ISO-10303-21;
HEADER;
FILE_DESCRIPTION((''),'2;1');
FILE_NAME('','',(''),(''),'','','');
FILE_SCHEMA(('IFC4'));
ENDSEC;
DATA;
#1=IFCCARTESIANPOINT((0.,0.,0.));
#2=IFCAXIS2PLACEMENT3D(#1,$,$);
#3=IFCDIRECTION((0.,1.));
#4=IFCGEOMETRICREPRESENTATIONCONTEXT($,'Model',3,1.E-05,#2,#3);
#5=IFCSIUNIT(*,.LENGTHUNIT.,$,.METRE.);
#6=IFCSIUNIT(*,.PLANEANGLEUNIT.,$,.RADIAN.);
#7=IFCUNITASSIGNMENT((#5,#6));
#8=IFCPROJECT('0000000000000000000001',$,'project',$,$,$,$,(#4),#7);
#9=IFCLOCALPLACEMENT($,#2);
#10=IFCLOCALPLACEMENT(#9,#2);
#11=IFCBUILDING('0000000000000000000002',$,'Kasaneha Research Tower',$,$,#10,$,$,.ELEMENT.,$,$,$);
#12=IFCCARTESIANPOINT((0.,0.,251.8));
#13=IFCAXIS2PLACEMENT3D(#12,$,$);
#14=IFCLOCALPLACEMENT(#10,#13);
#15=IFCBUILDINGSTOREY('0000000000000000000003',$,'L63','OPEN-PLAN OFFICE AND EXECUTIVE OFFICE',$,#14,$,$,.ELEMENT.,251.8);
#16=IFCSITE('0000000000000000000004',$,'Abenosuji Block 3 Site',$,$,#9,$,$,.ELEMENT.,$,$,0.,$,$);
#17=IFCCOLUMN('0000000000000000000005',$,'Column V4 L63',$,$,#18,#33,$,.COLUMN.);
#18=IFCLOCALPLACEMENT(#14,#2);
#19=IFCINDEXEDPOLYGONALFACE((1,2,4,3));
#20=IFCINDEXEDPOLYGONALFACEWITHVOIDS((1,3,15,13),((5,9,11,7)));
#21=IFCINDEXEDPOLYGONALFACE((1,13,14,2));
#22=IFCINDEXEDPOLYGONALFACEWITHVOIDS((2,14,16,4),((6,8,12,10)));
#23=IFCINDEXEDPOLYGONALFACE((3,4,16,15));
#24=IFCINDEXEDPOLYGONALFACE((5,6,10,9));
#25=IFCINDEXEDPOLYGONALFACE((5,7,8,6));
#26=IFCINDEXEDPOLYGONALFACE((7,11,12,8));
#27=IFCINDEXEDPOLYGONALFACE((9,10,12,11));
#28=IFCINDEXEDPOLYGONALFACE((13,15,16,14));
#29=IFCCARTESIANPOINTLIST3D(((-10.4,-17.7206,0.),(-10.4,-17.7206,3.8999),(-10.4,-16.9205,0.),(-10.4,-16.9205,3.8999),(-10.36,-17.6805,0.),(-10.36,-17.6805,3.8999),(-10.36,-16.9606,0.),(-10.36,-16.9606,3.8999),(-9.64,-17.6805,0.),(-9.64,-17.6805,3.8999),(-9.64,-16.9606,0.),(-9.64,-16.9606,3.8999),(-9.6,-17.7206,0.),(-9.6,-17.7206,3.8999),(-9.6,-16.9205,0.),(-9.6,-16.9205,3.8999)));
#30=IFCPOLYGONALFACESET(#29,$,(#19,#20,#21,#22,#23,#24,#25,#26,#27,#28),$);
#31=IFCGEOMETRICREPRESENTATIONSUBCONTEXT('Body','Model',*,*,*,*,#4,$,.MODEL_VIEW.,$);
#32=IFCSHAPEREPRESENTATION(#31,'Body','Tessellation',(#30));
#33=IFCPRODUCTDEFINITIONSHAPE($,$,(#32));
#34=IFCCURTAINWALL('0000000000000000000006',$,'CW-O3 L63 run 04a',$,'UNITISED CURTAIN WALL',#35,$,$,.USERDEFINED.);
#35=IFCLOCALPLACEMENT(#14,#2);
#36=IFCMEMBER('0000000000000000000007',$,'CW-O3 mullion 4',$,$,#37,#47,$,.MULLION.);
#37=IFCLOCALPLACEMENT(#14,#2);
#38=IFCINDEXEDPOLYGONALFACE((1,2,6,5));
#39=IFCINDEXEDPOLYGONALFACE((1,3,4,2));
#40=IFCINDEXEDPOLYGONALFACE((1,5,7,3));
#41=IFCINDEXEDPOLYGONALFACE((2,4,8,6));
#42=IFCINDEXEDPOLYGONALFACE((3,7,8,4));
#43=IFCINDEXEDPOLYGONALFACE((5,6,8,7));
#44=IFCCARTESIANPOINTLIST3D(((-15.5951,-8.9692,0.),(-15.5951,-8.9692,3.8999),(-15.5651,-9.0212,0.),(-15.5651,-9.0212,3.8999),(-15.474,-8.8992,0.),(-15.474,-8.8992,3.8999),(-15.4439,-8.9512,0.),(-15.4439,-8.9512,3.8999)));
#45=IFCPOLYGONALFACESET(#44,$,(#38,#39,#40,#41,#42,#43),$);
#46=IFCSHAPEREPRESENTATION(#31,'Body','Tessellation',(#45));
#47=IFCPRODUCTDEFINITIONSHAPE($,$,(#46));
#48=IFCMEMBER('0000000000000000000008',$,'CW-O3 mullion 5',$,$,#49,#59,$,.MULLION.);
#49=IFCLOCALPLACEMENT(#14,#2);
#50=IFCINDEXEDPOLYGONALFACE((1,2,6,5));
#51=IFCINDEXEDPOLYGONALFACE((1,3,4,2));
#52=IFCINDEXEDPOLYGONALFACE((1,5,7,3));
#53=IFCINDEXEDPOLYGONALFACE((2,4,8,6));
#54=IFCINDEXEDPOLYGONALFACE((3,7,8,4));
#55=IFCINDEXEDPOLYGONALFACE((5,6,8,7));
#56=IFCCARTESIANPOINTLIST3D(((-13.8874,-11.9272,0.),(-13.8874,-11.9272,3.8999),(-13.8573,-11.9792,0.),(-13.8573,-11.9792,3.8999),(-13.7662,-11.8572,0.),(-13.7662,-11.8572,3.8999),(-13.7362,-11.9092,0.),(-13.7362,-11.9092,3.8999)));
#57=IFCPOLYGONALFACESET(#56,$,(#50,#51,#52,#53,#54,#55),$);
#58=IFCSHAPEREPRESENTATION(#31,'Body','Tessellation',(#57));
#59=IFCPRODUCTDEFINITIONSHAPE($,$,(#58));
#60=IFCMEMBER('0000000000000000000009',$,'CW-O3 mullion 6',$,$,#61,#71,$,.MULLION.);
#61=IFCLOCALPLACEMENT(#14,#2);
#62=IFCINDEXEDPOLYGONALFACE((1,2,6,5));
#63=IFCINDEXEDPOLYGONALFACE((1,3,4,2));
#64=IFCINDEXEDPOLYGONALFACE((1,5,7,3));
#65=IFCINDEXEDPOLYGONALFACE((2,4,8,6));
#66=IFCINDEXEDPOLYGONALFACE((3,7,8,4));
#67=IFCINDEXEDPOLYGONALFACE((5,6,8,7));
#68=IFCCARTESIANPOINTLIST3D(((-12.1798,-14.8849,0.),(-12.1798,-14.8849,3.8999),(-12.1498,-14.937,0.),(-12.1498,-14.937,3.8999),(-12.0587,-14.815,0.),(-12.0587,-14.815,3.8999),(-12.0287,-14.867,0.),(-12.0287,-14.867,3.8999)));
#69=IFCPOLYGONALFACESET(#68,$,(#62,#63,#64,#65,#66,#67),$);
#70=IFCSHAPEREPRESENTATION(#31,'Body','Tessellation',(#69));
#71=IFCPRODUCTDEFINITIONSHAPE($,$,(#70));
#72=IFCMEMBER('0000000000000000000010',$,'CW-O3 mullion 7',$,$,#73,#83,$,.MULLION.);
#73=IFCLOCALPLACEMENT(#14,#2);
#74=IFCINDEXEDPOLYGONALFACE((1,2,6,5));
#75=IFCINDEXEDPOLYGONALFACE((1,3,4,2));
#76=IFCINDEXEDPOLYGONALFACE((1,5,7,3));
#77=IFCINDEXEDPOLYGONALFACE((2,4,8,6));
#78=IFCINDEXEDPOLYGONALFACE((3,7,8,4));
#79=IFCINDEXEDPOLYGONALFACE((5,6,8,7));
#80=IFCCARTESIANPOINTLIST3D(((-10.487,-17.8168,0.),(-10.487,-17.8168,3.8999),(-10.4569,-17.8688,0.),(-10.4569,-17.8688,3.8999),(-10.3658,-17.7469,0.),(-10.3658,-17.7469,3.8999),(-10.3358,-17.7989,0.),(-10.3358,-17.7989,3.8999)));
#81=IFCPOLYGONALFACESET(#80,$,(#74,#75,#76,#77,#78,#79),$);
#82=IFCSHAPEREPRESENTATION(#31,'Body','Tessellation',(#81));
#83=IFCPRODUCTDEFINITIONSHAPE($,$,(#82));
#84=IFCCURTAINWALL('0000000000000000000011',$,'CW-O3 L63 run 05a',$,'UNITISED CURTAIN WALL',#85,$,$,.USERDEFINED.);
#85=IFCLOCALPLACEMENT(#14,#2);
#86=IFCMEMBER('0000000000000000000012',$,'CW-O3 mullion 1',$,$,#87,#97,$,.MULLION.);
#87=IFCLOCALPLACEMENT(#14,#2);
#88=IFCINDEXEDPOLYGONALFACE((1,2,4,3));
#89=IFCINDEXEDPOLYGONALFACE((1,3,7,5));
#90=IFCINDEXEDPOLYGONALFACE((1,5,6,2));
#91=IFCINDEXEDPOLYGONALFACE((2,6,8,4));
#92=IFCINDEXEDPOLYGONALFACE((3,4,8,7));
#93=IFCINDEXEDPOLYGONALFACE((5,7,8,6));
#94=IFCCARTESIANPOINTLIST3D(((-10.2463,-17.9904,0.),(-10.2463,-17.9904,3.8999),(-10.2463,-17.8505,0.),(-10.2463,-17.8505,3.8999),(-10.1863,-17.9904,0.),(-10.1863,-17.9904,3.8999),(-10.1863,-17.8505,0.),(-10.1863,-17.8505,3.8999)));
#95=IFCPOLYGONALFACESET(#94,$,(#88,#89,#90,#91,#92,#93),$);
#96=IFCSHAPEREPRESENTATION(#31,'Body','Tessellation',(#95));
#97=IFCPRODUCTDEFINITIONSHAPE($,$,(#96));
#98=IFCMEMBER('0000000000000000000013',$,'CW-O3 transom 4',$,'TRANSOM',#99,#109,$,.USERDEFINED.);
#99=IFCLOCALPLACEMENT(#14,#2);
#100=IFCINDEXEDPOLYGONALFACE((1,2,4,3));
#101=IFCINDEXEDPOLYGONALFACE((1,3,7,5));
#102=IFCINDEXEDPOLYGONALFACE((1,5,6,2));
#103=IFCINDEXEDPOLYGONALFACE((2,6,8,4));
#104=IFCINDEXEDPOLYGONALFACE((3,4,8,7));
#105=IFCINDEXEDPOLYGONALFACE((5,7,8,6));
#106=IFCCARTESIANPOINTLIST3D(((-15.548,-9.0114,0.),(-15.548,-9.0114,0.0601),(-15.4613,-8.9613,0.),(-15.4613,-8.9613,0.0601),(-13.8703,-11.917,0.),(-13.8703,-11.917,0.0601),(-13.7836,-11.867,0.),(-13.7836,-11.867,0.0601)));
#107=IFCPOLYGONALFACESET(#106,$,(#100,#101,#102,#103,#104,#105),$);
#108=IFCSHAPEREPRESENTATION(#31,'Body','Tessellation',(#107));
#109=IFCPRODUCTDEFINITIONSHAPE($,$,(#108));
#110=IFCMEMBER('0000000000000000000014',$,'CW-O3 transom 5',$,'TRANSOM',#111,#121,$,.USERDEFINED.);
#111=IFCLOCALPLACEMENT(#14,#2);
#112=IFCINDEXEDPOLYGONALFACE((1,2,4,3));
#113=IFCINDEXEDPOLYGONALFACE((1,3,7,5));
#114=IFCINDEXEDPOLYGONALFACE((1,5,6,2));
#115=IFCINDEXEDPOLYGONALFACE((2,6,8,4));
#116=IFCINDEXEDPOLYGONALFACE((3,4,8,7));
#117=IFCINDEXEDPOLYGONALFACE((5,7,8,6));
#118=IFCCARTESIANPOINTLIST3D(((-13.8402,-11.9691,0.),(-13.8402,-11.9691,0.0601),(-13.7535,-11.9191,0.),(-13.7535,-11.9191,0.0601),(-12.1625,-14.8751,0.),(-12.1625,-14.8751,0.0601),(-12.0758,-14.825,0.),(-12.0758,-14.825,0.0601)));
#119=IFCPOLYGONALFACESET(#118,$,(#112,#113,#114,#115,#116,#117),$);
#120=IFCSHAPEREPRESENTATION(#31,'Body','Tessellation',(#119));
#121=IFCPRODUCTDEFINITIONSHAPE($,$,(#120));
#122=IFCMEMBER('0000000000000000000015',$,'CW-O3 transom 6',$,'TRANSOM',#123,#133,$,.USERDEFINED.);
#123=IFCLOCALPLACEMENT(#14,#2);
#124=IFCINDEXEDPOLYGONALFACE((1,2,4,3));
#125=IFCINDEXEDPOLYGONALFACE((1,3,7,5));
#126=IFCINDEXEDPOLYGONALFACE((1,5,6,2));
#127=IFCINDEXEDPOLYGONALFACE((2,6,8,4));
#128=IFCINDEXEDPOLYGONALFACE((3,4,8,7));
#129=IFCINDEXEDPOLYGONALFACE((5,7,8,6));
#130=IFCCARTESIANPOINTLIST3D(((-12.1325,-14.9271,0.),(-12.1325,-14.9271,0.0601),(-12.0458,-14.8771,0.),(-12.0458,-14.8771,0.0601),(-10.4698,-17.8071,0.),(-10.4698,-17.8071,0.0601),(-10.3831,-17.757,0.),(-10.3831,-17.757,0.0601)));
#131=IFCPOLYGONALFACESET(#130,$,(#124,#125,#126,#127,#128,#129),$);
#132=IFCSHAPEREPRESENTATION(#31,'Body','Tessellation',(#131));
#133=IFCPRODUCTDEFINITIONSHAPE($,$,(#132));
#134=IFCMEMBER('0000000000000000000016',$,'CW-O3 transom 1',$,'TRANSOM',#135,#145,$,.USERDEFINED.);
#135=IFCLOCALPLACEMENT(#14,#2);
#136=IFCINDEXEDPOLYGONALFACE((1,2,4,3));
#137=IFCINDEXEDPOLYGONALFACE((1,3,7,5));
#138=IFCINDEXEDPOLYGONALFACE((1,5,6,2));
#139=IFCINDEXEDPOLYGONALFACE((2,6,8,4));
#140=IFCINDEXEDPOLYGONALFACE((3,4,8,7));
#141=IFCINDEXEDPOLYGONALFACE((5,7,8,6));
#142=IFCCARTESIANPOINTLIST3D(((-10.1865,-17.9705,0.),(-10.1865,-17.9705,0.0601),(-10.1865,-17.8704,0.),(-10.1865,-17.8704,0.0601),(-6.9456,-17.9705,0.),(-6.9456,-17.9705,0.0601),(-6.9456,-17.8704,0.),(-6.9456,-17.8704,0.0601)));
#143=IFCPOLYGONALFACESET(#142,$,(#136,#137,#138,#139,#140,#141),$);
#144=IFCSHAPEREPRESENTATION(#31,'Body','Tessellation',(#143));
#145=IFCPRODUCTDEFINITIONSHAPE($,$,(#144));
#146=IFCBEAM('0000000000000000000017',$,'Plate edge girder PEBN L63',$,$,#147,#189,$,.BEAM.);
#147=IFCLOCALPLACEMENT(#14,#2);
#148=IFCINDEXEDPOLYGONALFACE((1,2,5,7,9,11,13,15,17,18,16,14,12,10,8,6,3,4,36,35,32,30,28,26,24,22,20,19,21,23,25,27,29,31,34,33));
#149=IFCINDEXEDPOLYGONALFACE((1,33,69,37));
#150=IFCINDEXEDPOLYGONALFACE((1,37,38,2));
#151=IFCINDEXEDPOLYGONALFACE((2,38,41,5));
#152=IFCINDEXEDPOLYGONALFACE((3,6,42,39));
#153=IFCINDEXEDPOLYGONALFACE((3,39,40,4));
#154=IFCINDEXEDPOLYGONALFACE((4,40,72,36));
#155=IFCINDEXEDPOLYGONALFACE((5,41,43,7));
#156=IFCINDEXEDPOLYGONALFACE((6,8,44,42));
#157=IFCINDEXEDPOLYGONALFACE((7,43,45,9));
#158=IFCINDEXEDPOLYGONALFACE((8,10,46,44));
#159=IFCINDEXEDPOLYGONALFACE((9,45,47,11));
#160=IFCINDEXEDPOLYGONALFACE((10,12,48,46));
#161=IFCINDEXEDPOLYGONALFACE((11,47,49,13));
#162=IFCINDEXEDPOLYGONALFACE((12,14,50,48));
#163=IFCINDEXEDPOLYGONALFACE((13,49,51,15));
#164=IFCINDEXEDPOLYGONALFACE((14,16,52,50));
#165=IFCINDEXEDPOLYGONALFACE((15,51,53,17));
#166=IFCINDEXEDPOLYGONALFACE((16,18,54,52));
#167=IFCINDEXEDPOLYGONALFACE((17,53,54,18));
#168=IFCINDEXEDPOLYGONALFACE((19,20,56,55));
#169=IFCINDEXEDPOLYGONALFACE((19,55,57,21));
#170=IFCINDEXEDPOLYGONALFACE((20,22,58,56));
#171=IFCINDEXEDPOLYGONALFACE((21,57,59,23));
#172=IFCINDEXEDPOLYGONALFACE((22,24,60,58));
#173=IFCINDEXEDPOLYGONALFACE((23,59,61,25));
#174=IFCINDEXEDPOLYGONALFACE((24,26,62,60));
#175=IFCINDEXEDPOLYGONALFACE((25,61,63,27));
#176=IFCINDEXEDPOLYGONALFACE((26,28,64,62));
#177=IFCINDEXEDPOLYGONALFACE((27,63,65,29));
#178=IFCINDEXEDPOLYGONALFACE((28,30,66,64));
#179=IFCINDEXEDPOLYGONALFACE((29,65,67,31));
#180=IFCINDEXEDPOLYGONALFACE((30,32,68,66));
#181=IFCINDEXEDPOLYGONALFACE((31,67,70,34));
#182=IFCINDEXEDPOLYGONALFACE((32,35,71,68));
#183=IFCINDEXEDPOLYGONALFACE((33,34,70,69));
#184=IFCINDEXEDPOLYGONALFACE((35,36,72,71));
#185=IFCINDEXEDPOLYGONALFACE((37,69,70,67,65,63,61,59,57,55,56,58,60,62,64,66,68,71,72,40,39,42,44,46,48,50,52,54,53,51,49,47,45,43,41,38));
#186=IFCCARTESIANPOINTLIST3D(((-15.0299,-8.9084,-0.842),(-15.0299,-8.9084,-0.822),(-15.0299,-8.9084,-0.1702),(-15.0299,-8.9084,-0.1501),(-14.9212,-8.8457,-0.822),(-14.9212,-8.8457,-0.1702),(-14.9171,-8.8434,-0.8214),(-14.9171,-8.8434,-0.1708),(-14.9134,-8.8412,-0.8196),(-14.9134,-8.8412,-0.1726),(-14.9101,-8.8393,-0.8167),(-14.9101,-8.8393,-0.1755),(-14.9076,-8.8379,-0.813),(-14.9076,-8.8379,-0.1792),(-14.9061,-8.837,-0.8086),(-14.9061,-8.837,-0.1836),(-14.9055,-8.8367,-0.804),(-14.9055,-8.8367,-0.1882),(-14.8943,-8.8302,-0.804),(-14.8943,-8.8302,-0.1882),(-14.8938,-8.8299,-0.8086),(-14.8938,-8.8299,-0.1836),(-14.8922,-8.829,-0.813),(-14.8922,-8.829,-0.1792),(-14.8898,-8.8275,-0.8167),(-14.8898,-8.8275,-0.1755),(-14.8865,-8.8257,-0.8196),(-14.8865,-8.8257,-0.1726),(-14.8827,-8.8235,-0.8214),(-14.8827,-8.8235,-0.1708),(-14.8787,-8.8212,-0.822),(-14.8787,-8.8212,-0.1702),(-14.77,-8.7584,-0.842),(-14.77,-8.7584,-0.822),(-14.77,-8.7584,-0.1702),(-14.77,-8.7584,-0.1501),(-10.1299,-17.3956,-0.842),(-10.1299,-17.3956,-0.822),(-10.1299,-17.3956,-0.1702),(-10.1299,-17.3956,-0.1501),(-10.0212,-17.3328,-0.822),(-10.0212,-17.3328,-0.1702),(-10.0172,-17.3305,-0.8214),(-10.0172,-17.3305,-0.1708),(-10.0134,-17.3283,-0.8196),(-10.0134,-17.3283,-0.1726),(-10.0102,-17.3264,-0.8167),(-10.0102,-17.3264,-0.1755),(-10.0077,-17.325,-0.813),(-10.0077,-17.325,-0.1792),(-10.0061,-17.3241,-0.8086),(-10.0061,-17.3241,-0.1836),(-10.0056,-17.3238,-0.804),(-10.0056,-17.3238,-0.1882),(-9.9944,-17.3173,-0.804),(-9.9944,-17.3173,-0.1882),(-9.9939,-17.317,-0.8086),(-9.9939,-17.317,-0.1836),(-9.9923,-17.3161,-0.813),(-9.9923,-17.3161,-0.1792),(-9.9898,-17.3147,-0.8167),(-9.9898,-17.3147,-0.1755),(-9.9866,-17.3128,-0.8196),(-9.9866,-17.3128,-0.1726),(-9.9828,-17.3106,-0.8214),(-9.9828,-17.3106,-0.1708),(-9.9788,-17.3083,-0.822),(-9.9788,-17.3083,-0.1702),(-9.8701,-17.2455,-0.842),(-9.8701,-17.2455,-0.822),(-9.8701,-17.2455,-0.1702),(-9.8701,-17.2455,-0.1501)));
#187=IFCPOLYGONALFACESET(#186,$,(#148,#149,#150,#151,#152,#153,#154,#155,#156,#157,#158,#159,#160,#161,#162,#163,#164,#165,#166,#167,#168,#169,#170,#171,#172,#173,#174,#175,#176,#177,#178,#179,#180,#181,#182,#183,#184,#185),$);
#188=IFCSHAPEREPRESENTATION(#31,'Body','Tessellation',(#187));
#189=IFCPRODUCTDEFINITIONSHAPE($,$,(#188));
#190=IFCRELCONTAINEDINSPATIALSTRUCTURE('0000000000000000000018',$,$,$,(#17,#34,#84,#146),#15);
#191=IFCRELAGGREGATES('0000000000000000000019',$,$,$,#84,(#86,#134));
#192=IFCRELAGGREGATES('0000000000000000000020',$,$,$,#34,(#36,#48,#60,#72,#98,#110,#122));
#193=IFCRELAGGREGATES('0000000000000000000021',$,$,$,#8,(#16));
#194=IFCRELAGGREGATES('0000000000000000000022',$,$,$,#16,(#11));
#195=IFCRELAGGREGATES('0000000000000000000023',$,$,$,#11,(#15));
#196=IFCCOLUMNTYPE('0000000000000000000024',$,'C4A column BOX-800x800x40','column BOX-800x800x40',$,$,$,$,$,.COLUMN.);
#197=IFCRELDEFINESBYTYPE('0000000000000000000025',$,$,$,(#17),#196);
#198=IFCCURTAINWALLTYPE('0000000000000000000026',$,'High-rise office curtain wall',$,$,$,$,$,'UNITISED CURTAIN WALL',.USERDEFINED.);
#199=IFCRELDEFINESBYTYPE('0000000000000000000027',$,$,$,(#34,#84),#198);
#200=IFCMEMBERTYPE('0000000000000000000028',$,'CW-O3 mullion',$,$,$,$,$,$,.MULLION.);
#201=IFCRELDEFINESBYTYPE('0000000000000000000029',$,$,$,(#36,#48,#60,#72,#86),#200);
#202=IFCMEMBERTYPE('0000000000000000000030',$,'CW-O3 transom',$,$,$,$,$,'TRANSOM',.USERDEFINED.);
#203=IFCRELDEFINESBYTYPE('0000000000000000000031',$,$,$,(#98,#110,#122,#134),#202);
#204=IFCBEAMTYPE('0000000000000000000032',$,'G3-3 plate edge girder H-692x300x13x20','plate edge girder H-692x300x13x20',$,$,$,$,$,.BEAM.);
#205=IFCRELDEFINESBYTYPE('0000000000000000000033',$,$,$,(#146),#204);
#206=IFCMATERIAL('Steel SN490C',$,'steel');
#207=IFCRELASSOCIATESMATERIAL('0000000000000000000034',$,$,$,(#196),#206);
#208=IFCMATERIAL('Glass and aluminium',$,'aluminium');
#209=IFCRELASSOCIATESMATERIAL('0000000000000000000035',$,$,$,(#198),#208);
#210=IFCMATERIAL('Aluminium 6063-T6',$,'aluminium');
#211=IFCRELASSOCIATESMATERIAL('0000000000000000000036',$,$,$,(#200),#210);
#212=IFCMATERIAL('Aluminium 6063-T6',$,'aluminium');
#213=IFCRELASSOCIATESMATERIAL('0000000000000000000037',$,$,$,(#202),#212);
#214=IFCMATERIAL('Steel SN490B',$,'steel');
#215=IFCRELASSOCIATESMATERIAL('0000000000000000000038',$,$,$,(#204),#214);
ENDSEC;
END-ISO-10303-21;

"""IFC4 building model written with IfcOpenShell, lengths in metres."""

from ifc_helpers import new_model, si_unit, direction, frame, origin, origin_2d, place, context, subcontext, project, spatial, rectangle, hollow_rectangle, i_section, extrude, material, material_profile, profile_set, type_object, element, aggregate, save


model = new_model("IFC4")

# Units and contexts
model_context = context("Model", 3, precision=1e-05, world=origin(), true_north=direction((0.0, 1.0)))
body_context = subcontext(model_context, "Body", "Model", "MODEL_VIEW")
ifc_project = project(units=[si_unit("LENGTHUNIT", "METRE"), si_unit("PLANEANGLEUNIT", "RADIAN")], contexts=[model_context])

# Site, building, storey
site_placement = place(None, origin())
site = spatial("IfcSite", under=ifc_project, at=site_placement, Name="Abenosuji Block 3 Site", CompositionType="ELEMENT", RefElevation=0.0)
building_placement = place(site_placement, origin())
building = spatial("IfcBuilding", under=site, at=building_placement, Name="Kasaneha Research Tower", CompositionType="ELEMENT")
storey_placement = place(building_placement, frame((0.0, 0.0, 251.8)))
storey = spatial("IfcBuildingStorey", under=building, at=storey_placement, Name="L63", Description="OPEN-PLAN OFFICE AND EXECUTIVE OFFICE", CompositionType="ELEMENT", Elevation=251.8)

# Column
ifc_material_1 = material(Name="Steel SN490C", Category="steel")
ifc_material_profile_1 = material_profile(ifc_material_1, hollow_rectangle(XDim=0.8, YDim=0.8, WallThickness=0.04, at=origin_2d()), Name="BOX-800x800x40")
ifc_profile_set_1 = profile_set([ifc_material_profile_1], Name="Steel SN490C")
column_type = type_object("IfcColumnType", Name="C4A column BOX-800x800x40", Description="column BOX-800x800x40", PredefinedType="COLUMN", material=ifc_profile_set_1)
column_placement = place(storey_placement, frame((-10.0, -17.3206, 0.0), z_axis=(0.0, 0.0, 1.0), x_axis=(1.0, 0.0, 0.0)))
element("IfcColumn", 1, at=column_placement, inside=storey, type_object=column_type, Name="Column V4 L63", PredefinedType="COLUMN", context=body_context, shape_type="SweptSolid", body=[
    extrude(hollow_rectangle(XDim=0.8, YDim=0.8, WallThickness=0.04, at=origin_2d()), origin(), (0.0, 0.0, 1.0), 3.8999),
])

# Curtain wall, members
ifc_material_2 = material(Name="Glass and aluminium", Category="aluminium")
curtain_wall_type = type_object("IfcCurtainWallType", Name="High-rise office curtain wall", ElementType="UNITISED CURTAIN WALL", PredefinedType="USERDEFINED", material=ifc_material_2)
curtain_wall_1_placement = place(storey_placement, origin())
curtain_wall_1 = element("IfcCurtainWall", 2, at=curtain_wall_1_placement, inside=storey, type_object=curtain_wall_type, Name="CW-O3 L63 run 04a", ObjectType="UNITISED CURTAIN WALL", PredefinedType="USERDEFINED")
ifc_material_3 = material(Name="Aluminium 6063-T6", Category="aluminium")
ifc_material_profile_2 = material_profile(ifc_material_3, rectangle(XDim=0.0601, YDim=0.1399, at=origin_2d()), Name="CW-O3 mullion 60x140")
ifc_profile_set_2 = profile_set([ifc_material_profile_2], Name="Aluminium 6063-T6")
member_type_1 = type_object("IfcMemberType", Name="CW-O3 mullion", PredefinedType="MULLION", material=ifc_profile_set_2)
member_1_placement = place(storey_placement, frame((-15.5195, -8.9602, 0.0), z_axis=(0.0, 0.0, 1.0), x_axis=(0.5, -0.866025, 0.0)))
member_1 = element("IfcMember", 3, at=member_1_placement, type_object=member_type_1, Name="CW-O3 mullion 4", PredefinedType="MULLION", context=body_context, shape_type="SweptSolid", body=[
    extrude(rectangle(XDim=0.0601, YDim=0.1399, at=origin_2d()), origin(), (0.0, 0.0, 1.0), 3.8999),
])
member_2_placement = place(storey_placement, frame((-13.8118, -11.9182, 0.0), z_axis=(0.0, 0.0, 1.0), x_axis=(0.5, -0.866025, 0.0)))
member_2 = element("IfcMember", 4, at=member_2_placement, type_object=member_type_1, Name="CW-O3 mullion 5", PredefinedType="MULLION", context=body_context, shape_type="SweptSolid", body=[
    extrude(rectangle(XDim=0.0601, YDim=0.1399, at=origin_2d()), origin(), (0.0, 0.0, 1.0), 3.8999),
])
member_3_placement = place(storey_placement, frame((-12.1042, -14.876, 0.0), z_axis=(0.0, 0.0, 1.0), x_axis=(0.5, -0.866025, 0.0)))
member_3 = element("IfcMember", 5, at=member_3_placement, type_object=member_type_1, Name="CW-O3 mullion 6", PredefinedType="MULLION", context=body_context, shape_type="SweptSolid", body=[
    extrude(rectangle(XDim=0.0601, YDim=0.1399, at=origin_2d()), origin(), (0.0, 0.0, 1.0), 3.8999),
])
member_4_placement = place(storey_placement, frame((-10.4114, -17.8079, 0.0), z_axis=(0.0, 0.0, 1.0), x_axis=(0.5, -0.866025, 0.0)))
member_4 = element("IfcMember", 6, at=member_4_placement, type_object=member_type_1, Name="CW-O3 mullion 7", PredefinedType="MULLION", context=body_context, shape_type="SweptSolid", body=[
    extrude(rectangle(XDim=0.0601, YDim=0.1399, at=origin_2d()), origin(), (0.0, 0.0, 1.0), 3.8999),
])

# Curtain wall, member
curtain_wall_2_placement = place(storey_placement, origin())
curtain_wall_2 = element("IfcCurtainWall", 7, at=curtain_wall_2_placement, inside=storey, type_object=curtain_wall_type, Name="CW-O3 L63 run 05a", ObjectType="UNITISED CURTAIN WALL", PredefinedType="USERDEFINED")
member_5_placement = place(storey_placement, frame((-10.2163, -17.9204, 0.0), z_axis=(0.0, 0.0, 1.0), x_axis=(1.0, 0.0, 0.0)))
member_5 = element("IfcMember", 8, at=member_5_placement, type_object=member_type_1, Name="CW-O3 mullion 1", PredefinedType="MULLION", context=body_context, shape_type="SweptSolid", body=[
    extrude(rectangle(XDim=0.0601, YDim=0.1399, at=origin_2d()), origin(), (0.0, 0.0, 1.0), 3.8999),
])

# Members
ifc_material_4 = material(Name="Aluminium 6063-T6", Category="aluminium")
ifc_material_profile_3 = material_profile(ifc_material_4, rectangle(XDim=0.1001, YDim=0.0601, at=origin_2d()), Name="CW-O3 transom 100x60")
ifc_profile_set_3 = profile_set([ifc_material_profile_3], Name="Aluminium 6063-T6")
member_type_2 = type_object("IfcMemberType", Name="CW-O3 transom", ElementType="TRANSOM", PredefinedType="USERDEFINED", material=ifc_profile_set_3)
member_6_placement = place(storey_placement, frame((-15.5046, -8.9863, 0.03), z_axis=(0.500021, -0.866014, 0.0), x_axis=(0.866014, 0.500021, 0.0)))
member_6 = element("IfcMember", 9, at=member_6_placement, type_object=member_type_2, Name="CW-O3 transom 4", ObjectType="TRANSOM", PredefinedType="USERDEFINED", context=body_context, shape_type="SweptSolid", body=[
    extrude(rectangle(XDim=0.1001, YDim=0.0601, at=origin_2d()), origin(), (0.0, 0.0, 1.0), 3.3552),
])
member_7_placement = place(storey_placement, frame((-13.7969, -11.9441, 0.03), z_axis=(0.499989, -0.866032, 0.0), x_axis=(0.866032, 0.499989, 0.0)))
member_7 = element("IfcMember", 10, at=member_7_placement, type_object=member_type_2, Name="CW-O3 transom 5", ObjectType="TRANSOM", PredefinedType="USERDEFINED", context=body_context, shape_type="SweptSolid", body=[
    extrude(rectangle(XDim=0.1001, YDim=0.0601, at=origin_2d()), origin(), (0.0, 0.0, 1.0), 3.3555),
])
member_8_placement = place(storey_placement, frame((-12.0891, -14.9021, 0.03), z_axis=(0.499977, -0.866039, 0.0), x_axis=(0.866039, 0.499977, 0.0)))
member_8 = element("IfcMember", 11, at=member_8_placement, type_object=member_type_2, Name="CW-O3 transom 6", ObjectType="TRANSOM", PredefinedType="USERDEFINED", context=body_context, shape_type="SweptSolid", body=[
    extrude(rectangle(XDim=0.1001, YDim=0.0601, at=origin_2d()), origin(), (0.0, 0.0, 1.0), 3.3254),
])
member_9_placement = place(storey_placement, frame((-10.1865, -17.9204, 0.03), z_axis=(1.0, 0.0, 0.0), x_axis=(0.0, 1.0, 0.0)))
member_9 = element("IfcMember", 12, at=member_9_placement, type_object=member_type_2, Name="CW-O3 transom 1", ObjectType="TRANSOM", PredefinedType="USERDEFINED", context=body_context, shape_type="SweptSolid", body=[
    extrude(rectangle(XDim=0.1001, YDim=0.0601, at=origin_2d()), origin(), (0.0, 0.0, 1.0), 3.241),
])
aggregate(curtain_wall_2, [member_5, member_9])

# Beam
ifc_material_5 = material(Name="Steel SN490B", Category="steel")
ifc_material_profile_4 = material_profile(ifc_material_5, i_section(OverallWidth=0.3, OverallDepth=0.6919, WebThickness=0.0129, FlangeThickness=0.02, FilletRadius=0.0181, at=origin_2d()), Name="H-692x300x13x20")
ifc_profile_set_4 = profile_set([ifc_material_profile_4], Name="Steel SN490B")
beam_type_1 = type_object("IfcBeamType", Name="G3-3 plate edge girder H-692x300x13x20", Description="plate edge girder H-692x300x13x20", PredefinedType="BEAM", material=ifc_profile_set_4)
beam_1_placement = place(storey_placement, frame((-10.0, -17.3206, -0.4961), z_axis=(-0.499992, 0.86603, 0.0), x_axis=(-0.86603, -0.499992, 0.0)))
element("IfcBeam", 13, at=beam_1_placement, inside=storey, type_object=beam_type_1, Name="Plate edge girder PEBN L63", PredefinedType="BEAM", context=body_context, shape_type="SweptSolid", body=[
    extrude(i_section(OverallWidth=0.3, OverallDepth=0.6919, WebThickness=0.0129, FlangeThickness=0.02, FilletRadius=0.0181, at=origin_2d()), origin(), (0.0, 0.0, 1.0), 9.8),
])

aggregate(curtain_wall_1, [member_1, member_2, member_3, member_4, member_6, member_7, member_8])

save(model, "model.ifc")
